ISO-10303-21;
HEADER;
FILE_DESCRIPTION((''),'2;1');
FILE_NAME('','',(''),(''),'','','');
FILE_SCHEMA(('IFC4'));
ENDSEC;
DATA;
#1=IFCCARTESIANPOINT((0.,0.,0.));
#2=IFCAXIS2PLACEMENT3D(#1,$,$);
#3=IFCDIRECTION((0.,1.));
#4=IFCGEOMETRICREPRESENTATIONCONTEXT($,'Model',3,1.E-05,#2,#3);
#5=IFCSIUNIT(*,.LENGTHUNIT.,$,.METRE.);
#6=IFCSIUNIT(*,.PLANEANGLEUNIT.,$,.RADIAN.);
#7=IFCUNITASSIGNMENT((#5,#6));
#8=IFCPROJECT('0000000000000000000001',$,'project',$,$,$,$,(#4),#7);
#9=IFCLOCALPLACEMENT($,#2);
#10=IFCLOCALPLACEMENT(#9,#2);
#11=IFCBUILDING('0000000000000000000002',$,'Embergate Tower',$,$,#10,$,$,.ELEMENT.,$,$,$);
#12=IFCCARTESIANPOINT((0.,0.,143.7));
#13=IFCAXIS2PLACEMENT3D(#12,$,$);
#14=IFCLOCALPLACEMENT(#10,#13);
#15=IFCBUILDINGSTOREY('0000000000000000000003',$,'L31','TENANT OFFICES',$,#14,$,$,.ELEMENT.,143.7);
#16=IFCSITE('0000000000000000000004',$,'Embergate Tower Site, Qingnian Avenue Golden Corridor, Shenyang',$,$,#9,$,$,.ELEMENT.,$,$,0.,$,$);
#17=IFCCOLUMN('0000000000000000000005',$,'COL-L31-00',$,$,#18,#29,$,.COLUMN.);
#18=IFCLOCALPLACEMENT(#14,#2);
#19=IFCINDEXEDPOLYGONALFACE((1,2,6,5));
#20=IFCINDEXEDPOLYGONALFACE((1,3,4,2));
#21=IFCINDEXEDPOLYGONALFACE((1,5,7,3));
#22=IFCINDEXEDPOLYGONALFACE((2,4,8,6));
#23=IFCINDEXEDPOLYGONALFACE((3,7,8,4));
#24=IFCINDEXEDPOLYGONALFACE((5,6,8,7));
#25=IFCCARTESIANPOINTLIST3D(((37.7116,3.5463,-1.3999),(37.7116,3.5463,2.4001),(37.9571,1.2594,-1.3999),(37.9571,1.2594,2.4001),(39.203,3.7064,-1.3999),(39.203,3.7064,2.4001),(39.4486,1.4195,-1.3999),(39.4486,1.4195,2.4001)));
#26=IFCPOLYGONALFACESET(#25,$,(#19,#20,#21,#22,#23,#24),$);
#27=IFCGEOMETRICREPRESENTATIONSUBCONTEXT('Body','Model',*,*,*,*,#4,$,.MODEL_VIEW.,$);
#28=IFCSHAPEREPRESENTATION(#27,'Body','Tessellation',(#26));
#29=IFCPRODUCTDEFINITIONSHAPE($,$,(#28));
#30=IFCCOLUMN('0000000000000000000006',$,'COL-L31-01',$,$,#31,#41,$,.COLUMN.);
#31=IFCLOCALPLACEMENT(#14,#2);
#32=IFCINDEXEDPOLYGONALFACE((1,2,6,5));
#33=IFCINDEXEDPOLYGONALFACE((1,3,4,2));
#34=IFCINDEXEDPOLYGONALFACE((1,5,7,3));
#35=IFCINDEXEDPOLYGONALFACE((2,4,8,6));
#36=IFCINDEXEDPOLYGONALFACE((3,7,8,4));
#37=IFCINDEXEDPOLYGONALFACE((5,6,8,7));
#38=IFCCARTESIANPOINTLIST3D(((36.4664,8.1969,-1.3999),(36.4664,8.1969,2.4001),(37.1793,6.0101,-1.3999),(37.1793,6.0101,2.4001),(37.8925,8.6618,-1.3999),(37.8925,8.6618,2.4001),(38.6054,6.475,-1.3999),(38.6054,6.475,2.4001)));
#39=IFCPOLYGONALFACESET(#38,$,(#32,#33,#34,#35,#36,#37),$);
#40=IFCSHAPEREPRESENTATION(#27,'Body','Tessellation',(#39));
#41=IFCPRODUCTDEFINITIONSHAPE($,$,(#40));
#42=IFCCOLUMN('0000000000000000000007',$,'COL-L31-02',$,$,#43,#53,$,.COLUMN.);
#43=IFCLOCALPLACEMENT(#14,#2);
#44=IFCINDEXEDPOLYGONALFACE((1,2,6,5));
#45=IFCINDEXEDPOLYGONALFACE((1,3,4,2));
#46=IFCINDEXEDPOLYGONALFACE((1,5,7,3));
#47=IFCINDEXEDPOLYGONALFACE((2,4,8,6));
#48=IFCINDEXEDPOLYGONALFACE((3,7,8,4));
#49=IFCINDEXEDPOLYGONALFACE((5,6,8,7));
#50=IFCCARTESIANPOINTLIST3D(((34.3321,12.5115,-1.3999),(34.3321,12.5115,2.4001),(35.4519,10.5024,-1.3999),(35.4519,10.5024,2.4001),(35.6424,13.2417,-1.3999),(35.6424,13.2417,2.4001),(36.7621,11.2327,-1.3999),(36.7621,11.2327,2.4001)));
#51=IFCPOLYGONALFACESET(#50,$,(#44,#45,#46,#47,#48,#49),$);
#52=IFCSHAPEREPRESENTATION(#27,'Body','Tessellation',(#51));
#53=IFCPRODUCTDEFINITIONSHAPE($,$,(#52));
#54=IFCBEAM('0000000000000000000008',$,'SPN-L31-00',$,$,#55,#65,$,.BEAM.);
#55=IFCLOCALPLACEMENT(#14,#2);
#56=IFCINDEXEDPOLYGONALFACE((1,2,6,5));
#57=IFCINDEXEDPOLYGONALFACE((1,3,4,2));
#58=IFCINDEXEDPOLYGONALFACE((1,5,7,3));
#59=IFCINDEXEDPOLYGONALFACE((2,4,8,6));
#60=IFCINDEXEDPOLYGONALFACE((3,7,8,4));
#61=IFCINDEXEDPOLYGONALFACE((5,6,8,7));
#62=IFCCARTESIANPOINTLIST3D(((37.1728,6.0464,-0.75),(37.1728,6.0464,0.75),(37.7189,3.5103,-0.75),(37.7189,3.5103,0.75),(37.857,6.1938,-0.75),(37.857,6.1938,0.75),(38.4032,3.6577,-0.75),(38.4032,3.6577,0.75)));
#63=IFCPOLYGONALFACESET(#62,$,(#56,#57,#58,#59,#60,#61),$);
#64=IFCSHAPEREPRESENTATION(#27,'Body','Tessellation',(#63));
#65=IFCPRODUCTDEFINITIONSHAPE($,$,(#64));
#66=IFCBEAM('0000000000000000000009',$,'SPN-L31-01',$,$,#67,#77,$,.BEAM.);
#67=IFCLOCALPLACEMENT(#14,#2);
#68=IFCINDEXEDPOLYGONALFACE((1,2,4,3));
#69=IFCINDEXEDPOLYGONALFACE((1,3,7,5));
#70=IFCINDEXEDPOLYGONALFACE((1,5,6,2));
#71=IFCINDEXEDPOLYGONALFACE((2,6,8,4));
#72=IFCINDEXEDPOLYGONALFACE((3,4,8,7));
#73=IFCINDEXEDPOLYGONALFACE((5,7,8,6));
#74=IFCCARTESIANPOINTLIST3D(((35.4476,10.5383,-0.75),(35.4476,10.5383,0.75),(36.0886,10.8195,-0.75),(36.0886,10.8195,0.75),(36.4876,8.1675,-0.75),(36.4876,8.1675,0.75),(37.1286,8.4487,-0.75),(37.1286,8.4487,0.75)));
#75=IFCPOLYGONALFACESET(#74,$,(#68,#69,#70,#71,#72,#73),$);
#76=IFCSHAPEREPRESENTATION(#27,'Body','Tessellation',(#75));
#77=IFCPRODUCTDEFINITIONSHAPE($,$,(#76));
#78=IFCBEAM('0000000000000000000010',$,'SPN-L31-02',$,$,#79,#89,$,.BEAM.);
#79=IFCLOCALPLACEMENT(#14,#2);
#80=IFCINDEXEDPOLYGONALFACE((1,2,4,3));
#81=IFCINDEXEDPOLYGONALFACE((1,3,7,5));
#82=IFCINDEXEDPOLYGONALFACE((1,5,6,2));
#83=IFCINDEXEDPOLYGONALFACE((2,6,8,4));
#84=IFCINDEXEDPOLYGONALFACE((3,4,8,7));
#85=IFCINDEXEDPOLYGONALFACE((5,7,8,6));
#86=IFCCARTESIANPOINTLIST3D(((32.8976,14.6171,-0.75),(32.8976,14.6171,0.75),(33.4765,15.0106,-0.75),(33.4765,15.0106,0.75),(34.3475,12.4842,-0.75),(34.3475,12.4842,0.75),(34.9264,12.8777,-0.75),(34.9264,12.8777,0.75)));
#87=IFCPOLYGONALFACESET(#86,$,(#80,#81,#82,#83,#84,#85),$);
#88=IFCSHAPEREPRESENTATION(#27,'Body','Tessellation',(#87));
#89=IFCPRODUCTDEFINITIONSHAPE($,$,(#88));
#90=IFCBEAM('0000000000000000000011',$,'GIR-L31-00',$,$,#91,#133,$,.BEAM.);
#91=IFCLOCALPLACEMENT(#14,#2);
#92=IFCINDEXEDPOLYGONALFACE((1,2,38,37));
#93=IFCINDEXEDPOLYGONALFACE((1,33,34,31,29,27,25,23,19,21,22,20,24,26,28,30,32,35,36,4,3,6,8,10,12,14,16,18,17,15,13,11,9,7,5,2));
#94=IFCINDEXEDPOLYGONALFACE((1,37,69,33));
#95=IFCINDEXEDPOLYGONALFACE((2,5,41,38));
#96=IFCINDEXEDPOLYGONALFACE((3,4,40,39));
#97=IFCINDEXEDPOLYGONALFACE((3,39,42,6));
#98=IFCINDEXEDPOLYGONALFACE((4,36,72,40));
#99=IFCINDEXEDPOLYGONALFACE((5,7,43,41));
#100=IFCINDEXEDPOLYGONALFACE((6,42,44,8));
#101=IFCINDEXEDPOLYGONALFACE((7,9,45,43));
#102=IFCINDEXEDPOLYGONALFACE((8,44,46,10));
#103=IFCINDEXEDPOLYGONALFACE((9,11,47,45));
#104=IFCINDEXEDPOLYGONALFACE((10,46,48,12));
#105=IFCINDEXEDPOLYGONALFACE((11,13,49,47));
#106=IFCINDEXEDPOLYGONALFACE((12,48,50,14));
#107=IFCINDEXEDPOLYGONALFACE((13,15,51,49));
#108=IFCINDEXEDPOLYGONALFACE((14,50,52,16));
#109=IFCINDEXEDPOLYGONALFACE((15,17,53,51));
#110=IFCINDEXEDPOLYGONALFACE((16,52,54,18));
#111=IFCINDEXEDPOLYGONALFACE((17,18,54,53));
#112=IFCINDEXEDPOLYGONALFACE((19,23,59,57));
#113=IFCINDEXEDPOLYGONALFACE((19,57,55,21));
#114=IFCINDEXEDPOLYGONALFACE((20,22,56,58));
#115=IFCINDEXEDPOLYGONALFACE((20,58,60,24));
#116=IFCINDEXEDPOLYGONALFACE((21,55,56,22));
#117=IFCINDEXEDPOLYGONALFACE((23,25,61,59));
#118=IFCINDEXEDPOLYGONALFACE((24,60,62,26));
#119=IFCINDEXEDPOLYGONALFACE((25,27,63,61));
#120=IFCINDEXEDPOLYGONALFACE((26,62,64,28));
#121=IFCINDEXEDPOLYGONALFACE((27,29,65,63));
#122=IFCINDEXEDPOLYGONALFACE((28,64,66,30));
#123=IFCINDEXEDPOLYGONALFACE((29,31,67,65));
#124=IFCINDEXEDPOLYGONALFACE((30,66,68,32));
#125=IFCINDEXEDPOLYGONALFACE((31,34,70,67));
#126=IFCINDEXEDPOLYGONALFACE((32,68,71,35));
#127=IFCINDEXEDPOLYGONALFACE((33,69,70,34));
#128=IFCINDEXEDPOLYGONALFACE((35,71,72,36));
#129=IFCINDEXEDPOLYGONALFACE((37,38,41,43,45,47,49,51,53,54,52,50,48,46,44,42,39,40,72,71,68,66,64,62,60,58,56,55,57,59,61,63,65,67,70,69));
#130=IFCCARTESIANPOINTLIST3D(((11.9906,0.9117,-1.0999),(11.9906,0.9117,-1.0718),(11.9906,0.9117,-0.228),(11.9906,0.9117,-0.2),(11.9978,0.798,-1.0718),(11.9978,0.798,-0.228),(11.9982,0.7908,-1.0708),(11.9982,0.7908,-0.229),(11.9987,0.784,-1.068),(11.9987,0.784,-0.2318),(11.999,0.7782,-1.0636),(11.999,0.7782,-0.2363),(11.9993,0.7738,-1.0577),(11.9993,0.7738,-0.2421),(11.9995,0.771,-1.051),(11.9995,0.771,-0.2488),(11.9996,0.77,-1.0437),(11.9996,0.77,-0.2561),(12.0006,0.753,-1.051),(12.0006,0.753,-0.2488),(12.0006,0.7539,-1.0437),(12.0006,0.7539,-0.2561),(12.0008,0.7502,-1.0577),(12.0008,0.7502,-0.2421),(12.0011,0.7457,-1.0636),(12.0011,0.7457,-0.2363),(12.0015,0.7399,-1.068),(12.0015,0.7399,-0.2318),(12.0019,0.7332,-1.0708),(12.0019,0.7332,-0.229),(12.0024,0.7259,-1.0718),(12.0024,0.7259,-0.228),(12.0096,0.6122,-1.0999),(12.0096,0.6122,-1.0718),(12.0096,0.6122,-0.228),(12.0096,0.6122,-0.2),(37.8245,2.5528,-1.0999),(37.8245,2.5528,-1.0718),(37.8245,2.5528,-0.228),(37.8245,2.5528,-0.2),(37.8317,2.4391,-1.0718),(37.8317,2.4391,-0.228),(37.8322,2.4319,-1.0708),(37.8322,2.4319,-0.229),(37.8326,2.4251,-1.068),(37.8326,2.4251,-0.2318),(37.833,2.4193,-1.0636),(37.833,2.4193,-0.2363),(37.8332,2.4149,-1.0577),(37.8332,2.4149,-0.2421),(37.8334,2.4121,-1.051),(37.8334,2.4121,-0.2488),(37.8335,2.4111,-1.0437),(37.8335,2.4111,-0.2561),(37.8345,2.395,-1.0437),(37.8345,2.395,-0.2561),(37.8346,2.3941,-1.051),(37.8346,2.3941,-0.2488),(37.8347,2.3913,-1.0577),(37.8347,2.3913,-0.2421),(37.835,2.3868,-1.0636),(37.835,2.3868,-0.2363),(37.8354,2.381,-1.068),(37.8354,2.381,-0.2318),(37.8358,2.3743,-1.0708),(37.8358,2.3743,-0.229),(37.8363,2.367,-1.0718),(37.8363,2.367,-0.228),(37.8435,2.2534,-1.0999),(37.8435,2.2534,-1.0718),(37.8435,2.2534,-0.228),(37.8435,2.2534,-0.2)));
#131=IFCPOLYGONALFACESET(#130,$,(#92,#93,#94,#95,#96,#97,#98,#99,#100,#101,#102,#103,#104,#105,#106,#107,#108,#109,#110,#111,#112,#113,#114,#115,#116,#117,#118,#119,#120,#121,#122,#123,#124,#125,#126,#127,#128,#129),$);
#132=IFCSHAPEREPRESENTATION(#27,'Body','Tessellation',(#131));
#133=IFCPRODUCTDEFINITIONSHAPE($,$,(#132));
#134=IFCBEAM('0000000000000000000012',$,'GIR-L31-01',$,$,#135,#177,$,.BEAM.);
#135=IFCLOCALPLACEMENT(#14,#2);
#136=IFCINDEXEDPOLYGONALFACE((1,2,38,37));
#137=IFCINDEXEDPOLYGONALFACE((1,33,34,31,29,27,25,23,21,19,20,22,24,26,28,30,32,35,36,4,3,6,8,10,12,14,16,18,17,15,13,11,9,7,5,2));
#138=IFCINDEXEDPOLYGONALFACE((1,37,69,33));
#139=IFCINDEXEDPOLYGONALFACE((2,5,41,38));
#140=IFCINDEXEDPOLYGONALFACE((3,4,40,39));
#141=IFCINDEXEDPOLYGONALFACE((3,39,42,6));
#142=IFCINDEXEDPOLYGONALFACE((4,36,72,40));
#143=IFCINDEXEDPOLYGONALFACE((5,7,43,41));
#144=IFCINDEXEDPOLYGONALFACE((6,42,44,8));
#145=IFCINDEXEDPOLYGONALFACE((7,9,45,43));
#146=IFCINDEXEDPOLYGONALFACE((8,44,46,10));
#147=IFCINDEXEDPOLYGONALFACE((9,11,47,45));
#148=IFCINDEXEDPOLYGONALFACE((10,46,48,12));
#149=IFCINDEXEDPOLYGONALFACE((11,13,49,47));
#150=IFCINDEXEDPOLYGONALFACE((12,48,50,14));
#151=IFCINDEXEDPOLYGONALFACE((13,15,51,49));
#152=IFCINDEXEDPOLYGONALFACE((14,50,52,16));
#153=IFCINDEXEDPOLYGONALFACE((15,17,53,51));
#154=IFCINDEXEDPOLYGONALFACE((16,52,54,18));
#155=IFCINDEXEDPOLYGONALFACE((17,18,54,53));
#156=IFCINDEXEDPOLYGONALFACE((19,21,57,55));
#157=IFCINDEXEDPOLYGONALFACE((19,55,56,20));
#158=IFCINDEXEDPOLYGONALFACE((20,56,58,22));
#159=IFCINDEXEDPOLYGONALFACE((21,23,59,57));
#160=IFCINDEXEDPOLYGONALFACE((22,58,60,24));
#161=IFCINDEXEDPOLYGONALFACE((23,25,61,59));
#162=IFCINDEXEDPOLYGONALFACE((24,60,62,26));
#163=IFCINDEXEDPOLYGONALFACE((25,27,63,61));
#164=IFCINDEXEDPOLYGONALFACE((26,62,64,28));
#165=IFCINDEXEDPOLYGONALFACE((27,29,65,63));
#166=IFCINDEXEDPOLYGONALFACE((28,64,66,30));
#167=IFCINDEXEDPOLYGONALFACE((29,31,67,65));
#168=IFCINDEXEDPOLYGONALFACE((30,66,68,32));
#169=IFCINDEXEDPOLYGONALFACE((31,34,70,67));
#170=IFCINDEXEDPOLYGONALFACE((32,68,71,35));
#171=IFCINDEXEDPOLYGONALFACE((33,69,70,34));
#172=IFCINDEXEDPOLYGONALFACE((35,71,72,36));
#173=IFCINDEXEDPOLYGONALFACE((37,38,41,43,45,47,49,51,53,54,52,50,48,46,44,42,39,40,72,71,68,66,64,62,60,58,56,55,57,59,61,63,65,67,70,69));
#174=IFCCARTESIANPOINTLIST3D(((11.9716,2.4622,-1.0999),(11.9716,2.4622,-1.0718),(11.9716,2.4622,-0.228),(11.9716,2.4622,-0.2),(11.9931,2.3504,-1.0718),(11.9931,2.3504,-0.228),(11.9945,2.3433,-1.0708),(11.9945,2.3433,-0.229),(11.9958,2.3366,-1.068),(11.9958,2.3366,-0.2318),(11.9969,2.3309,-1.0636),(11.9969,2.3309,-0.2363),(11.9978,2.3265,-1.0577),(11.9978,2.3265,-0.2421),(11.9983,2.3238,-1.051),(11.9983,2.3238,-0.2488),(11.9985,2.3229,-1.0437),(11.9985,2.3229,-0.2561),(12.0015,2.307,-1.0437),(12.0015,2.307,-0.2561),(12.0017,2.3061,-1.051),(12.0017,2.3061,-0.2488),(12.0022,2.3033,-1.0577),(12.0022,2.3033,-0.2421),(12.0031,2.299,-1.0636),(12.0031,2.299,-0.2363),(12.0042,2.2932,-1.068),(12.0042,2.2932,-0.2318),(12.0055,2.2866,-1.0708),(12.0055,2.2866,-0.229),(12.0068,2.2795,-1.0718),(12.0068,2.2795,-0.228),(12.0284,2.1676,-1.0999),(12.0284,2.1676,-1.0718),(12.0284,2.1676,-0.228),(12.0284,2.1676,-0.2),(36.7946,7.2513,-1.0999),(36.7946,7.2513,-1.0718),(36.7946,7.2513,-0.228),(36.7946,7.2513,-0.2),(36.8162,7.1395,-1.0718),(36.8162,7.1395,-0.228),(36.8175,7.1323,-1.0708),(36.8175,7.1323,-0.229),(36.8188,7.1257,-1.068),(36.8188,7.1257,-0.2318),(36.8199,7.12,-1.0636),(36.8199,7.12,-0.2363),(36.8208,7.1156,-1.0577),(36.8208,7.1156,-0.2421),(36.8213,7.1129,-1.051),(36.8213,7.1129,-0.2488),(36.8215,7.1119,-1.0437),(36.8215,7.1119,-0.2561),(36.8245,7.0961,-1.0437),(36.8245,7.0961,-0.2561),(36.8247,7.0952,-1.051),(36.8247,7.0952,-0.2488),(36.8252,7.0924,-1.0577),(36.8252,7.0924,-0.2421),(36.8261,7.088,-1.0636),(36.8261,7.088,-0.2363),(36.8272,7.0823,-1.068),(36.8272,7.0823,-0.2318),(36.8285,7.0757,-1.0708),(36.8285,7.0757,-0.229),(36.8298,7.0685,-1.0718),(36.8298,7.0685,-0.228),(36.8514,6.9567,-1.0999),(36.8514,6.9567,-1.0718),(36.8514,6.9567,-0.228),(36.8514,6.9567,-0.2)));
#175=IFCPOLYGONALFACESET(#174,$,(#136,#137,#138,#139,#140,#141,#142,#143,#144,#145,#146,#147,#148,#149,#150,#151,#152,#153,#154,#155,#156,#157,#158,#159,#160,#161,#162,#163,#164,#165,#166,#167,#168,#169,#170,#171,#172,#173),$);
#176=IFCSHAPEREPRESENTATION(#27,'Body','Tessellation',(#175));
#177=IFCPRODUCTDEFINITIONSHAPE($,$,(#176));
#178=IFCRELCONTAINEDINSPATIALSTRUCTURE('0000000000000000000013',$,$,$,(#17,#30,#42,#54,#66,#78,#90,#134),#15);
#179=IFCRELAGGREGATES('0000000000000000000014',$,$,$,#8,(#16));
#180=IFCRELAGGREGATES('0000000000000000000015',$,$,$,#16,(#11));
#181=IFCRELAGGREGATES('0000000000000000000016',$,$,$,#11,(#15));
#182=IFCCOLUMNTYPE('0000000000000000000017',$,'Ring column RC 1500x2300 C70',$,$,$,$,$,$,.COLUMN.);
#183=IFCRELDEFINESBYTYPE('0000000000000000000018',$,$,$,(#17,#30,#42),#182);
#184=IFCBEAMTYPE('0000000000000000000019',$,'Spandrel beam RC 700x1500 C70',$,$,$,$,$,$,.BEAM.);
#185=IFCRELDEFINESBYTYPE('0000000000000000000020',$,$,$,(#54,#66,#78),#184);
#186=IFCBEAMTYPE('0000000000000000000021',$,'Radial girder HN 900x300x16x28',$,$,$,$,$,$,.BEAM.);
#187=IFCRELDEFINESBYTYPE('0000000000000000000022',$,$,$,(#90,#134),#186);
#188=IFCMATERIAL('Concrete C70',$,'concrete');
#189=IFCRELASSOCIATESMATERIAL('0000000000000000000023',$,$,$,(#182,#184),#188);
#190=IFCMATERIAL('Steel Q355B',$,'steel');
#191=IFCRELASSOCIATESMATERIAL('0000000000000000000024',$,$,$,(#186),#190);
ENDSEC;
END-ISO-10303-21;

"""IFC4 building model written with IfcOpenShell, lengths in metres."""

from ifc_helpers import new_model, si_unit, direction, frame, origin, origin_2d, place, context, subcontext, project, spatial, rectangle, i_section, extrude, source, transform, mapped, material, material_profile, profile_set, type_object, element, save


model = new_model("IFC4")

# Units and contexts
model_context = context("Model", 3, precision=1e-05, world=origin(), true_north=direction((0.0, 1.0)))
body_context = subcontext(model_context, "Body", "Model", "MODEL_VIEW")
ifc_project = project(units=[si_unit("LENGTHUNIT", "METRE"), si_unit("PLANEANGLEUNIT", "RADIAN")], contexts=[model_context])

# Site, building, storey
site_placement = place(None, origin())
site = spatial("IfcSite", under=ifc_project, at=site_placement, Name="Embergate Tower Site, Qingnian Avenue Golden Corridor, Shenyang", CompositionType="ELEMENT", RefElevation=0.0)
building_placement = place(site_placement, origin())
building = spatial("IfcBuilding", under=site, at=building_placement, Name="Embergate Tower", CompositionType="ELEMENT")
storey_placement = place(building_placement, frame((0.0, 0.0, 143.7)))
storey = spatial("IfcBuildingStorey", under=building, at=storey_placement, Name="L31", Description="TENANT OFFICES", CompositionType="ELEMENT", Elevation=143.7)

# Columns
ifc_material_1 = material(Name="Concrete C70", Category="concrete")
ifc_material_profile_1 = material_profile(ifc_material_1, rectangle(XDim=1.5, YDim=2.3, at=origin_2d()), Name="RC 1500x2300")
ifc_profile_set_1 = profile_set([ifc_material_profile_1], Name="Concrete C70")
column_type = type_object("IfcColumnType", Name="Ring column RC 1500x2300 C70", PredefinedType="COLUMN", material=ifc_profile_set_1)
shared_shape_1 = source(origin(), body_context, "Body", "SweptSolid", [
    extrude(rectangle(XDim=1.5, YDim=2.3, at=origin_2d()), origin(), (0.0, 0.0, 1.0), 3.8),
])
for number, where, z_axis, x_axis, name in (
    (1, (38.5801, 2.4829, -1.3999), (0.0, 0.0, 1.0), (0.994286, 0.10675, 0.0), "COL-L31-00"),
    (2, (37.5359, 7.3359, -1.3999), (0.0, 0.0, 1.0), (0.950754, 0.309946, 0.0), "COL-L31-01"),
    (3, (35.5471, 11.8721, -1.3999), (0.0, 0.0, 1.0), (0.873492, 0.486839, 0.0), "COL-L31-02"),
):
    element("IfcColumn", number, at=place(storey_placement, frame(where, z_axis=z_axis, x_axis=x_axis)), inside=storey, type_object=column_type, Name=name, PredefinedType="COLUMN", context=body_context, shape_type="MappedRepresentation", body=[
        mapped(shared_shape_1, transform((0.0, 0.0, 0.0))),
    ])

# Beams
ifc_material_profile_2 = material_profile(ifc_material_1, rectangle(XDim=0.7, YDim=1.5, at=origin_2d()), Name="RC 700x1500")
ifc_profile_set_2 = profile_set([ifc_material_profile_2], Name="Concrete C70")
beam_type_1 = type_object("IfcBeamType", Name="Spandrel beam RC 700x1500 C70", PredefinedType="BEAM", material=ifc_profile_set_2)
shared_shape_2 = source(origin(), body_context, "Body", "SweptSolid", [
    extrude(rectangle(XDim=0.7, YDim=1.5, at=origin_2d()), origin(), (0.0, 0.0, 1.0), 2.5942),
])
beam_1_placement = place(storey_placement, frame((38.061, 3.584, 0.0), z_axis=(-0.210519, 0.97759, 0.0), x_axis=(-0.97759, -0.210519, 0.0)))
element("IfcBeam", 4, at=beam_1_placement, inside=storey, type_object=beam_type_1, Name="SPN-L31-00", PredefinedType="BEAM", context=body_context, shape_type="MappedRepresentation", body=[
    mapped(shared_shape_2, transform((0.0, 0.0, 0.0))),
])
shared_shape_3 = source(origin(), body_context, "Body", "SweptSolid", [
    extrude(rectangle(XDim=0.7, YDim=1.5, at=origin_2d()), origin(), (0.0, 0.0, 1.0), 2.5889),
])
beam_2_placement = place(storey_placement, frame((36.8081, 8.3081, 0.0), z_axis=(-0.401724, 0.915761, 0.0), x_axis=(-0.915761, -0.401724, 0.0)))
element("IfcBeam", 5, at=beam_2_placement, inside=storey, type_object=beam_type_1, Name="SPN-L31-01", PredefinedType="BEAM", context=body_context, shape_type="MappedRepresentation", body=[
    mapped(shared_shape_3, transform((0.0, 0.0, 0.0))),
])
shared_shape_4 = source(origin(), body_context, "Body", "SweptSolid", [
    extrude(rectangle(XDim=0.7, YDim=1.5, at=origin_2d()), origin(), (0.0, 0.0, 1.0), 2.5791),
])
beam_3_placement = place(storey_placement, frame((34.637, 12.6809, 0.0), z_axis=(-0.56217, 0.827022, 0.0), x_axis=(-0.827022, -0.56217, 0.0)))
element("IfcBeam", 6, at=beam_3_placement, inside=storey, type_object=beam_type_1, Name="SPN-L31-02", PredefinedType="BEAM", context=body_context, shape_type="MappedRepresentation", body=[
    mapped(shared_shape_4, transform((0.0, 0.0, 0.0))),
])
ifc_material_2 = material(Name="Steel Q355B", Category="steel")
ifc_material_profile_3 = material_profile(ifc_material_2, i_section(OverallWidth=0.3, OverallDepth=0.8999, WebThickness=0.0161, FlangeThickness=0.0281, FilletRadius=0.0281, at=origin_2d()), Name="HN 900x300x16x28")
ifc_profile_set_3 = profile_set([ifc_material_profile_3], Name="Steel Q355 grade B")
beam_type_2 = type_object("IfcBeamType", Name="Radial girder HN 900x300x16x28", PredefinedType="BEAM", material=ifc_profile_set_3)
shared_shape_5 = source(origin(), body_context, "Body", "SweptSolid", [
    extrude(i_section(OverallWidth=0.3, OverallDepth=0.8999, WebThickness=0.0161, FlangeThickness=0.0281, FilletRadius=0.0281, at=origin_2d()), origin(), (0.0, 0.0, 1.0), 25.886),
])
beam_4_placement = place(storey_placement, frame((37.834, 2.4031, -0.6499), z_axis=(-0.997988, -0.063398, 0.0), x_axis=(0.063398, -0.997988, 0.0)))
element("IfcBeam", 7, at=beam_4_placement, inside=storey, type_object=beam_type_2, Name="GIR-L31-00", PredefinedType="BEAM", context=body_context, shape_type="MappedRepresentation", body=[
    mapped(shared_shape_5, transform((0.0, 0.0, 0.0))),
])
shared_shape_6 = source(origin(), body_context, "Body", "SweptSolid", [
    extrude(i_section(OverallWidth=0.3, OverallDepth=0.8999, WebThickness=0.0161, FlangeThickness=0.0281, FilletRadius=0.0281, at=origin_2d()), origin(), (0.0, 0.0, 1.0), 25.2808),
])
beam_5_placement = place(storey_placement, frame((36.823, 7.104, -0.6499), z_axis=(-0.981893, -0.189435, 0.0), x_axis=(0.189435, -0.981893, 0.0)))
element("IfcBeam", 8, at=beam_5_placement, inside=storey, type_object=beam_type_2, Name="GIR-L31-01", PredefinedType="BEAM", context=body_context, shape_type="MappedRepresentation", body=[
    mapped(shared_shape_6, transform((0.0, 0.0, 0.0))),
])

save(model, "model.ifc")
